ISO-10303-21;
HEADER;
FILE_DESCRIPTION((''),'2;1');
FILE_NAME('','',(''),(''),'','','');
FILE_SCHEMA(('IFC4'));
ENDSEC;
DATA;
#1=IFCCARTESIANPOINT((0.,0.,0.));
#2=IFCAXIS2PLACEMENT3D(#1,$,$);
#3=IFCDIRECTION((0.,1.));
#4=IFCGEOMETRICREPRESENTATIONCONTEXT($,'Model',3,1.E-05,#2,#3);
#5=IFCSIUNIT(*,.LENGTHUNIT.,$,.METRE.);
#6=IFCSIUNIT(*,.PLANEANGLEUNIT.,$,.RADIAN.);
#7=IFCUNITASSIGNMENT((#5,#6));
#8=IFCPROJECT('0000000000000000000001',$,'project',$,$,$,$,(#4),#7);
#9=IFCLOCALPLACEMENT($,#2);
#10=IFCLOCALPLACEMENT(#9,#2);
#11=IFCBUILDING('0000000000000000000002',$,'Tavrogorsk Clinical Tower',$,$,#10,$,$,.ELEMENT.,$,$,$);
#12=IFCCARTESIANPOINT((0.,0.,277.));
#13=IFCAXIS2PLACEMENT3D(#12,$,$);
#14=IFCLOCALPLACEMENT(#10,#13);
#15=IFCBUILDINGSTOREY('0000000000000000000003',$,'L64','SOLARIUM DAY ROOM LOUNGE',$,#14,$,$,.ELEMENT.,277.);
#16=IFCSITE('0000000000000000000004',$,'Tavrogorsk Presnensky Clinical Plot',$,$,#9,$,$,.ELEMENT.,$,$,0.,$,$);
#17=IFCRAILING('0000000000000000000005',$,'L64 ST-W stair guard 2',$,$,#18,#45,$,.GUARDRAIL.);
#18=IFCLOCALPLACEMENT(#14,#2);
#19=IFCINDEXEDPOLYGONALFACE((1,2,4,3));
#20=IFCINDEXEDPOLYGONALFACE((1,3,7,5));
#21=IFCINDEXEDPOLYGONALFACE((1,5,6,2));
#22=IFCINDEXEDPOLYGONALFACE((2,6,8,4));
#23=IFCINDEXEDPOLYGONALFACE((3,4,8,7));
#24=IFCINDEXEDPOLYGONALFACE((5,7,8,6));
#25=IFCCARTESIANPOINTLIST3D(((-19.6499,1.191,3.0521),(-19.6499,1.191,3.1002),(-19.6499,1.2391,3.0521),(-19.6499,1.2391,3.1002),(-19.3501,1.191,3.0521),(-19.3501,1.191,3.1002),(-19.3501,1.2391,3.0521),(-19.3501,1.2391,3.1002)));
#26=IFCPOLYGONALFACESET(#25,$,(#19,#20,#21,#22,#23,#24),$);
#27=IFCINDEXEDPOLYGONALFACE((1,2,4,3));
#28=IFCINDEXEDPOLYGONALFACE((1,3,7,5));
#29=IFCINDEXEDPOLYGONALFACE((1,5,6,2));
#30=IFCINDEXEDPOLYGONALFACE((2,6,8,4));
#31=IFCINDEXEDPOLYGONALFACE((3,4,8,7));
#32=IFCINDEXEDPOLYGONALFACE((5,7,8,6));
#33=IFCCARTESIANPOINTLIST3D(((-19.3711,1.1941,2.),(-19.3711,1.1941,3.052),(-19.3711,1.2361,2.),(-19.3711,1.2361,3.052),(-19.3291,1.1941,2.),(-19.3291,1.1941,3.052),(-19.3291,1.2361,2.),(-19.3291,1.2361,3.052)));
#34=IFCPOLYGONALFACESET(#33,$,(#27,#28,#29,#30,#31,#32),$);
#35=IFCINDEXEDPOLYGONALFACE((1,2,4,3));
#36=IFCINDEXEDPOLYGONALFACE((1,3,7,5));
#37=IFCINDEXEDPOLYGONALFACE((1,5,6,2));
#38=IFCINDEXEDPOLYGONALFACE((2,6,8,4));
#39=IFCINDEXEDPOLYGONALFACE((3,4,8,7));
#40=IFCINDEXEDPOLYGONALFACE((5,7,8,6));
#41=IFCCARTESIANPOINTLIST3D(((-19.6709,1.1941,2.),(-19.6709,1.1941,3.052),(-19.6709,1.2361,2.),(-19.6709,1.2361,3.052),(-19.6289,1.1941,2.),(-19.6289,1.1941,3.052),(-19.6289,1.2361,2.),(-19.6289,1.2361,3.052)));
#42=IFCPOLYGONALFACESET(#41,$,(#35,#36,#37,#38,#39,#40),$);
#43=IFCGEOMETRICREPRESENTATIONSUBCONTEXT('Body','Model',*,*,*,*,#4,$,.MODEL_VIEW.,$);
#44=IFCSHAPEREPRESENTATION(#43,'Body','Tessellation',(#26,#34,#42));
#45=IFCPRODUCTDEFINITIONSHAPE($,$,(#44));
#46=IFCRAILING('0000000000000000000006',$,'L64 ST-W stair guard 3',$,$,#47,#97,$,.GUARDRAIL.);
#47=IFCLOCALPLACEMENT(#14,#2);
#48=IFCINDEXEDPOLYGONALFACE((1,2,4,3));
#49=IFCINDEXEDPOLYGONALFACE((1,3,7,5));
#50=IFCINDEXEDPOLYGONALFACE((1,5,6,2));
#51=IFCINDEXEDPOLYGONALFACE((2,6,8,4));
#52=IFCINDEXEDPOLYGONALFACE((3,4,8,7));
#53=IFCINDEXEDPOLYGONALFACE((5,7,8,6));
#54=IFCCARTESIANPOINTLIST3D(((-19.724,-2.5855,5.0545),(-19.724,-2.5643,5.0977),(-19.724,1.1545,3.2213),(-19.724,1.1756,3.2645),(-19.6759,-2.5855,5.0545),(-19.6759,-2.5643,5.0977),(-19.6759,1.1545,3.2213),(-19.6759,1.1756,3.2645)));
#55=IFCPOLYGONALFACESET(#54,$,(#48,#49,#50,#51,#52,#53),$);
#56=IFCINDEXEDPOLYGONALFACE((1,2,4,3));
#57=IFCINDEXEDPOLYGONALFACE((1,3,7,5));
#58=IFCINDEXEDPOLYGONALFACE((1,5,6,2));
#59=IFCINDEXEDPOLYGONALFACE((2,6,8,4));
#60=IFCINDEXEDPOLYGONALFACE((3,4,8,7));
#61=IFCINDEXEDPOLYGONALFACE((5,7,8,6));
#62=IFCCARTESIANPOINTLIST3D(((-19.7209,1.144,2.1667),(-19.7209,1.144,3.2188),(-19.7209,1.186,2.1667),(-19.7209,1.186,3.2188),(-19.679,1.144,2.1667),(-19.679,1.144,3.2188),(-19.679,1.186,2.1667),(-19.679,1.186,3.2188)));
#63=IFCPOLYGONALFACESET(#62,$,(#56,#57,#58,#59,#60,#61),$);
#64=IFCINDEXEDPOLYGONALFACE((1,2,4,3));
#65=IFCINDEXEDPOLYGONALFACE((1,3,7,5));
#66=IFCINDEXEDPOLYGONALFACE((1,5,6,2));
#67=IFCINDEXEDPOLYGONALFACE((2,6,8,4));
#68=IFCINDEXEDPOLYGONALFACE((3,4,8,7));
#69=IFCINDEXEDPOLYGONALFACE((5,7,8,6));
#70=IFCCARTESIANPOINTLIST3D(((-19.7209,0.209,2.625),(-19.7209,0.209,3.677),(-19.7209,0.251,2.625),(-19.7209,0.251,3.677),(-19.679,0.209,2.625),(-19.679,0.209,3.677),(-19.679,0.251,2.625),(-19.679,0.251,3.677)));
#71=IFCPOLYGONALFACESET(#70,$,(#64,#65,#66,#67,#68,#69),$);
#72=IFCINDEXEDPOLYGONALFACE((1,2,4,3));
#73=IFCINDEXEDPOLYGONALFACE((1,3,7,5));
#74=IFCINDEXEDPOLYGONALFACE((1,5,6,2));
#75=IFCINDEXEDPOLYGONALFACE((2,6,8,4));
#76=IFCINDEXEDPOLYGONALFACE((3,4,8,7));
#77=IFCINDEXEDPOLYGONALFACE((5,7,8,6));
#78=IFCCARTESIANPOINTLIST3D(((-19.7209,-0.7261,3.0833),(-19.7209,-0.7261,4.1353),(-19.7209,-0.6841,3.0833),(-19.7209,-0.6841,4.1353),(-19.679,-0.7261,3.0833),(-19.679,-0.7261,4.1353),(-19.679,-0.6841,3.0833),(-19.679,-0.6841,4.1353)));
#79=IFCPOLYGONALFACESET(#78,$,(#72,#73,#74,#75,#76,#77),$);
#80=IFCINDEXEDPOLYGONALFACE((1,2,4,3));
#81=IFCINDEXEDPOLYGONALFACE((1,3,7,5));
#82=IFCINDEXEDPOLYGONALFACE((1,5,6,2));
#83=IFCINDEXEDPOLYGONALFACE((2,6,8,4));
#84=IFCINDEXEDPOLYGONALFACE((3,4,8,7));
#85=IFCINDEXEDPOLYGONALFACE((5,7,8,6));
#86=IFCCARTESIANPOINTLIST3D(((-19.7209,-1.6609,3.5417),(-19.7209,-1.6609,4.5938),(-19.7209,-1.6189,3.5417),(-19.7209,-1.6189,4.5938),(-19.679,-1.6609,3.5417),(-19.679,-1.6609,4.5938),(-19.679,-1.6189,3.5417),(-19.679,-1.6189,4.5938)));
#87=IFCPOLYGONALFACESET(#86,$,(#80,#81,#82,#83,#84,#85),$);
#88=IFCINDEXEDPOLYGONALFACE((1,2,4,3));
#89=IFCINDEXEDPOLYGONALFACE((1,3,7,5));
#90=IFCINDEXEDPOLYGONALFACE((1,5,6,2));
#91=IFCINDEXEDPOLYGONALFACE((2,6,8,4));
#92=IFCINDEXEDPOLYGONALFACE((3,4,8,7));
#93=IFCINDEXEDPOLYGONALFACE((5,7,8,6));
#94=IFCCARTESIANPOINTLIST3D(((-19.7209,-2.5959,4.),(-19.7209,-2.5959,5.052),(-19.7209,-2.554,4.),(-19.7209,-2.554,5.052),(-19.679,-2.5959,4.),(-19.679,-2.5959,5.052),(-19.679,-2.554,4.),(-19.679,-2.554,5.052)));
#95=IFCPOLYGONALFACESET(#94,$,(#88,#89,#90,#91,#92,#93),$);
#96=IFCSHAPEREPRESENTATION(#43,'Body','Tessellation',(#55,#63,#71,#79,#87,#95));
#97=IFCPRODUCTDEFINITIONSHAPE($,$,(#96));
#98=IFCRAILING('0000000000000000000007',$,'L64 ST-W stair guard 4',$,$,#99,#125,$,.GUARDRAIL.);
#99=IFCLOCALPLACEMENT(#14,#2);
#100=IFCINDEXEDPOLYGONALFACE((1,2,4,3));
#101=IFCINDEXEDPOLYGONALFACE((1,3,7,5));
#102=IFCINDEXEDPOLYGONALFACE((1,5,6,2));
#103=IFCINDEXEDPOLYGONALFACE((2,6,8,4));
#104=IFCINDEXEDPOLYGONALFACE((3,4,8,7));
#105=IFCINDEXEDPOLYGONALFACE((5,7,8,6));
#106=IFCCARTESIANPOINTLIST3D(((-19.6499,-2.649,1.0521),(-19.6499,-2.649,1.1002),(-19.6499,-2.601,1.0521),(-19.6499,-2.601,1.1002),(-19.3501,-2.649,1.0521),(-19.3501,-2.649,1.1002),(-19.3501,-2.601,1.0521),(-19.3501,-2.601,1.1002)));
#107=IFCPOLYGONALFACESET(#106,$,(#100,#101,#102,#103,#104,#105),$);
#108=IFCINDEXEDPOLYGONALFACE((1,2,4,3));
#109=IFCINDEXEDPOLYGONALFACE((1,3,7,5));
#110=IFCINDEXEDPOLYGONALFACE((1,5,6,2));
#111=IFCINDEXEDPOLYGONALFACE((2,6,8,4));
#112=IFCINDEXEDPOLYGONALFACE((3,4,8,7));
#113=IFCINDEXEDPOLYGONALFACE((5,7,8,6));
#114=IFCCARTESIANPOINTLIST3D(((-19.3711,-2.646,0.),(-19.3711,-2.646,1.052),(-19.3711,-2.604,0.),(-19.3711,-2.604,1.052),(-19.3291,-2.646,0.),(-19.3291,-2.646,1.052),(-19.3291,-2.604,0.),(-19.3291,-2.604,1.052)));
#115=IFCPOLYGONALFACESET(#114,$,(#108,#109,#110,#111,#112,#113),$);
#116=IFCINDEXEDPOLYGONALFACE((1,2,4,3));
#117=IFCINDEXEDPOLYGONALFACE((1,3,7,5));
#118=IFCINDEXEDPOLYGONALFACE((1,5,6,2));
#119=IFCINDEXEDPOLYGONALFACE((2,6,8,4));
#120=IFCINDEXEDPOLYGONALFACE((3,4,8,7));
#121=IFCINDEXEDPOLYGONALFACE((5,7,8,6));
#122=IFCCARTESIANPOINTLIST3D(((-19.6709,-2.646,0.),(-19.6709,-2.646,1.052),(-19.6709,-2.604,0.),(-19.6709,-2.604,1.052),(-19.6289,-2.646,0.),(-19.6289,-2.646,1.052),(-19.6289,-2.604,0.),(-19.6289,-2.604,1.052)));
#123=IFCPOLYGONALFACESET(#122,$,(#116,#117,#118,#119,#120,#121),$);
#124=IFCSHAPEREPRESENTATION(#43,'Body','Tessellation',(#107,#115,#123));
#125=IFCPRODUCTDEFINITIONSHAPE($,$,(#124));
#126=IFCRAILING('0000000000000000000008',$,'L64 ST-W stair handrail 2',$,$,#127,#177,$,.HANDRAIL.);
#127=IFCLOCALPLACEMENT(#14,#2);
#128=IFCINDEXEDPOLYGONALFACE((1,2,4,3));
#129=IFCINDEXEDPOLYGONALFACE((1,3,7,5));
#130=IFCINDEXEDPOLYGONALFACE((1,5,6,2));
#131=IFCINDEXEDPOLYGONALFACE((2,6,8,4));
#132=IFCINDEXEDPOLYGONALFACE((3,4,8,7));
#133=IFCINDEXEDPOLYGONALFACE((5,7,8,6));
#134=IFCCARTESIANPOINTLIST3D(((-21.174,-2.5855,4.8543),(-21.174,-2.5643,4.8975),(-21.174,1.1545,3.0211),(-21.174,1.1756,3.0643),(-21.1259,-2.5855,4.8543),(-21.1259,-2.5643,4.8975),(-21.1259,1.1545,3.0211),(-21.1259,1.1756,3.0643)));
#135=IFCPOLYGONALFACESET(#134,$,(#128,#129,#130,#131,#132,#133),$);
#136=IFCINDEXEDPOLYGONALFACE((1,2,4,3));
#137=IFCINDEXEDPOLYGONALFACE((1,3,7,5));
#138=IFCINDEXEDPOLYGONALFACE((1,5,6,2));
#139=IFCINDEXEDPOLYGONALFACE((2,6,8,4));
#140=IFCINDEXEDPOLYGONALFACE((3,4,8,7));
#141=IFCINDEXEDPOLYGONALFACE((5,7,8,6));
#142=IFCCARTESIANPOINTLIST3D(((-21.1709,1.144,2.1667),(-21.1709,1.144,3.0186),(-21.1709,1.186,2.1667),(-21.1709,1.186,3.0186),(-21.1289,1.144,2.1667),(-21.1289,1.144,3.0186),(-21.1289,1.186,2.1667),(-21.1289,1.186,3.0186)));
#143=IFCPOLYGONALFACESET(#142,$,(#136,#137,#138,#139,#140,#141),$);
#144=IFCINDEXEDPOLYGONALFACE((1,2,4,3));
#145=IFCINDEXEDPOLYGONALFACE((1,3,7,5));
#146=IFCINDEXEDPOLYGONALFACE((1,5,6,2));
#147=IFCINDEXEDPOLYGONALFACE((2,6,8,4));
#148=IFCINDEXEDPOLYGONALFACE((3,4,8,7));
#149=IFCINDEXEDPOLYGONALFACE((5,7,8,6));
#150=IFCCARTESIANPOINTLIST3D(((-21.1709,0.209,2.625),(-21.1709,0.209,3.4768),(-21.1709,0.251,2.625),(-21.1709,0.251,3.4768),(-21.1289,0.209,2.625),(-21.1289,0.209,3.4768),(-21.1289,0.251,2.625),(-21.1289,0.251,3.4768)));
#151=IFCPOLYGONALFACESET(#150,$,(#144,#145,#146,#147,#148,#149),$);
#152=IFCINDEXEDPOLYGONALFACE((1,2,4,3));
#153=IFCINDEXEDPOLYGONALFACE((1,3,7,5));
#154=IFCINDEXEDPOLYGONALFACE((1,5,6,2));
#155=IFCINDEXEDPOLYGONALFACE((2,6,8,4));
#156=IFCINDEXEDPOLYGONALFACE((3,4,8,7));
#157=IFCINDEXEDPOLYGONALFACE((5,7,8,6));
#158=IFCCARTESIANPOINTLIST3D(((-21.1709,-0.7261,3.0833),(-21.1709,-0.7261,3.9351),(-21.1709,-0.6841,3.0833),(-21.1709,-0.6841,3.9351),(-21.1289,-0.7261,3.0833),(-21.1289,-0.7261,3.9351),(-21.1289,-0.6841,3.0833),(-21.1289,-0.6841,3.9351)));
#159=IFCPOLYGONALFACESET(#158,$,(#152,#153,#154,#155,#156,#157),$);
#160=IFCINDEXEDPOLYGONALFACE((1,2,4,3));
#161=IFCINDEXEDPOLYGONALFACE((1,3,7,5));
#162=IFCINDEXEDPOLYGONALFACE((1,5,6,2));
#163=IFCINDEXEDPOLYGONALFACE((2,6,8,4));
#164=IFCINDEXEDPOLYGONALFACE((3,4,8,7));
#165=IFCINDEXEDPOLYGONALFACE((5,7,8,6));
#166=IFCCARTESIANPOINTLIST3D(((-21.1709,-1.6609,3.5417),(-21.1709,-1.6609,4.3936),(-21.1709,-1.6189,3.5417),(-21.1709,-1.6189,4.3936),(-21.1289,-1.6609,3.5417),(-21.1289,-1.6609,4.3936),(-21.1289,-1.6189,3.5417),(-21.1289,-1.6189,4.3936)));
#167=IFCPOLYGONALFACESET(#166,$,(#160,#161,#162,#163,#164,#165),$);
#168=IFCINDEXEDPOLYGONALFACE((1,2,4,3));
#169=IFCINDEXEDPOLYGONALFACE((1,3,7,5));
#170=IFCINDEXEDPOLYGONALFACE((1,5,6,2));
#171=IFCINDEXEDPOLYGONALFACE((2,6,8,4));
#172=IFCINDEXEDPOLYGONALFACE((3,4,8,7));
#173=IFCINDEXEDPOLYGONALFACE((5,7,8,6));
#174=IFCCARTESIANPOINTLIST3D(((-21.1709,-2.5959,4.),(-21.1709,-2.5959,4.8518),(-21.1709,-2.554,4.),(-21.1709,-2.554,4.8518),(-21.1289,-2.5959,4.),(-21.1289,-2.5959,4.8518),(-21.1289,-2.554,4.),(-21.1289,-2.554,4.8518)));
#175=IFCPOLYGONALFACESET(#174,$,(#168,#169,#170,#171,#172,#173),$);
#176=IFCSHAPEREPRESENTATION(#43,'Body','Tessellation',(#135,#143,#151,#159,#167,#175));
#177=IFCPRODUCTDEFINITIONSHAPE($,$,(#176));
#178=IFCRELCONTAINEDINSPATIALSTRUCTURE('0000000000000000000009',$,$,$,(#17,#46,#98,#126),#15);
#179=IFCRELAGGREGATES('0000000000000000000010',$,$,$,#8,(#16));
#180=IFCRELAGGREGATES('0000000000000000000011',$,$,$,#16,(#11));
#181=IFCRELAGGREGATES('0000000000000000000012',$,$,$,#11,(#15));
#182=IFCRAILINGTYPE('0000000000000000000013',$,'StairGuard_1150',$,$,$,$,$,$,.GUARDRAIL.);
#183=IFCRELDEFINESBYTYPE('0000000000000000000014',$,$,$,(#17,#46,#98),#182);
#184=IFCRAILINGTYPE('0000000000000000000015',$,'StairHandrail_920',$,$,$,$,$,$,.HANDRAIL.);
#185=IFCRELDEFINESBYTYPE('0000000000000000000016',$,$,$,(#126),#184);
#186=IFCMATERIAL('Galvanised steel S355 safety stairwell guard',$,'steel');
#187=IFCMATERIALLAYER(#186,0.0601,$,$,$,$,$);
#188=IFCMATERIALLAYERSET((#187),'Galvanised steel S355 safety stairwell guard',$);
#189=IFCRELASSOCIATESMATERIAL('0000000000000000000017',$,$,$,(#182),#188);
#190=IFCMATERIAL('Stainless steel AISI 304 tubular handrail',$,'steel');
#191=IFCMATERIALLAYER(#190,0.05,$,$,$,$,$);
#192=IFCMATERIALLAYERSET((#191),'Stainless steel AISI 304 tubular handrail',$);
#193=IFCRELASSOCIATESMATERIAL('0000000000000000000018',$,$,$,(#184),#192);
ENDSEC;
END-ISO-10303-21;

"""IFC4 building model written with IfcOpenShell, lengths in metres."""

from ifc_helpers import new_model, si_unit, direction, frame, origin, origin_2d, place, context, subcontext, project, spatial, rectangle, extrude, material, layer, layer_set, type_object, element, save


model = new_model("IFC4")

# Units and contexts
model_context = context("Model", 3, precision=1e-05, world=origin(), true_north=direction((0.0, 1.0)))
body_context = subcontext(model_context, "Body", "Model", "MODEL_VIEW")
ifc_project = project(units=[si_unit("LENGTHUNIT", "METRE"), si_unit("PLANEANGLEUNIT", "RADIAN")], contexts=[model_context])

# Site, building, storey
site_placement = place(None, origin())
site = spatial("IfcSite", under=ifc_project, at=site_placement, Name="Tavrogorsk Presnensky Clinical Plot", CompositionType="ELEMENT", RefElevation=0.0)
building_placement = place(site_placement, origin())
building = spatial("IfcBuilding", under=site, at=building_placement, Name="Tavrogorsk Clinical Tower", CompositionType="ELEMENT")
storey_placement = place(building_placement, frame((0.0, 0.0, 277.0)))
storey = spatial("IfcBuildingStorey", under=building, at=storey_placement, Name="L64", Description="SOLARIUM DAY ROOM LOUNGE", CompositionType="ELEMENT", Elevation=277.0)

# Railings
ifc_material_1 = material(Name="Galvanised steel S355 safety stairwell guard", Category="steel")
ifc_layer_1 = layer(ifc_material_1, 0.0601)
ifc_layer_set_1 = layer_set([ifc_layer_1], Name="Galvanised steel S355 safety stairwell guard")
railing_type_1 = type_object("IfcRailingType", Name="StairGuard_1150", PredefinedType="GUARDRAIL", material=ifc_layer_set_1)
railing_1_placement = place(storey_placement, frame((-19.3501, 1.2151, 2.0)))
element("IfcRailing", 1, at=railing_1_placement, inside=storey, type_object=railing_type_1, Name="L64 ST-W stair guard 2", PredefinedType="GUARDRAIL", context=body_context, shape_type="SweptSolid", body=[
    extrude(rectangle(XDim=0.0481, YDim=0.0481, at=origin_2d()), frame((0.0, 0.0, 1.0762), z_axis=(-1.0, 0.0, 0.0), x_axis=(0.0, -1.0, 0.0)), (0.0, 0.0, 1.0), 0.2998),
    extrude(rectangle(XDim=0.042, YDim=0.042, at=origin_2d()), origin(), (0.0, 0.0, 1.0), 1.052),
    extrude(rectangle(XDim=0.042, YDim=0.042, at=origin_2d()), frame((-0.2998, 0.0, 0.0)), (0.0, 0.0, 1.0), 1.052),
])
railing_2_placement = place(storey_placement, frame((-19.7, 1.165, 2.1667)))
element("IfcRailing", 2, at=railing_2_placement, inside=storey, type_object=railing_type_1, Name="L64 ST-W stair guard 3", PredefinedType="GUARDRAIL", context=body_context, shape_type="SweptSolid", body=[
    extrude(rectangle(XDim=0.0481, YDim=0.0481, at=origin_2d()), frame((0.0, 0.0, 1.0762), z_axis=(0.0, -0.897928, 0.440142), x_axis=(1.0, 0.0, 0.0)), (0.0, 0.0, 1.0), 4.165),
    extrude(rectangle(XDim=0.042, YDim=0.042, at=origin_2d()), origin(), (0.0, 0.0, 1.0), 1.052),
    extrude(rectangle(XDim=0.042, YDim=0.042, at=origin_2d()), frame((0.0, -0.9351, 0.4583)), (0.0, 0.0, 1.0), 1.052),
    extrude(rectangle(XDim=0.042, YDim=0.042, at=origin_2d()), frame((0.0, -1.8701, 0.9165)), (0.0, 0.0, 1.0), 1.052),
    extrude(rectangle(XDim=0.042, YDim=0.042, at=origin_2d()), frame((0.0, -2.8049, 1.375)), (0.0, 0.0, 1.0), 1.052),
    extrude(rectangle(XDim=0.042, YDim=0.042, at=origin_2d()), frame((0.0, -3.74, 1.8333)), (0.0, 0.0, 1.0), 1.052),
])
railing_3_placement = place(storey_placement, frame((-19.3501, -2.625, 0.0)))
element("IfcRailing", 3, at=railing_3_placement, inside=storey, type_object=railing_type_1, Name="L64 ST-W stair guard 4", PredefinedType="GUARDRAIL", context=body_context, shape_type="SweptSolid", body=[
    extrude(rectangle(XDim=0.0481, YDim=0.0481, at=origin_2d()), frame((0.0, 0.0, 1.0762), z_axis=(-1.0, 0.0, 0.0), x_axis=(0.0, -1.0, 0.0)), (0.0, 0.0, 1.0), 0.2998),
    extrude(rectangle(XDim=0.042, YDim=0.042, at=origin_2d()), origin(), (0.0, 0.0, 1.0), 1.052),
    extrude(rectangle(XDim=0.042, YDim=0.042, at=origin_2d()), frame((-0.2998, 0.0, 0.0)), (0.0, 0.0, 1.0), 1.052),
])
ifc_material_2 = material(Name="Stainless steel AISI 304 tubular handrail", Category="steel")
ifc_layer_2 = layer(ifc_material_2, 0.05)
ifc_layer_set_2 = layer_set([ifc_layer_2], Name="Stainless steel AISI 304 tubular handrail")
railing_type_2 = type_object("IfcRailingType", Name="StairHandrail_920", PredefinedType="HANDRAIL", material=ifc_layer_set_2)
railing_4_placement = place(storey_placement, frame((-21.1499, 1.165, 2.1667)))
element("IfcRailing", 4, at=railing_4_placement, inside=storey, type_object=railing_type_2, Name="L64 ST-W stair handrail 2", PredefinedType="HANDRAIL", context=body_context, shape_type="SweptSolid", body=[
    extrude(rectangle(XDim=0.0481, YDim=0.0481, at=origin_2d()), frame((0.0, 0.0, 0.876), z_axis=(0.0, -0.897928, 0.440142), x_axis=(1.0, 0.0, 0.0)), (0.0, 0.0, 1.0), 4.165),
    extrude(rectangle(XDim=0.042, YDim=0.042, at=origin_2d()), origin(), (0.0, 0.0, 1.0), 0.8518),
    extrude(rectangle(XDim=0.042, YDim=0.042, at=origin_2d()), frame((0.0, -0.9351, 0.4583)), (0.0, 0.0, 1.0), 0.8518),
    extrude(rectangle(XDim=0.042, YDim=0.042, at=origin_2d()), frame((0.0, -1.8701, 0.9165)), (0.0, 0.0, 1.0), 0.8518),
    extrude(rectangle(XDim=0.042, YDim=0.042, at=origin_2d()), frame((0.0, -2.8049, 1.375)), (0.0, 0.0, 1.0), 0.8518),
    extrude(rectangle(XDim=0.042, YDim=0.042, at=origin_2d()), frame((0.0, -3.74, 1.8333)), (0.0, 0.0, 1.0), 0.8518),
])

save(model, "model.ifc")
